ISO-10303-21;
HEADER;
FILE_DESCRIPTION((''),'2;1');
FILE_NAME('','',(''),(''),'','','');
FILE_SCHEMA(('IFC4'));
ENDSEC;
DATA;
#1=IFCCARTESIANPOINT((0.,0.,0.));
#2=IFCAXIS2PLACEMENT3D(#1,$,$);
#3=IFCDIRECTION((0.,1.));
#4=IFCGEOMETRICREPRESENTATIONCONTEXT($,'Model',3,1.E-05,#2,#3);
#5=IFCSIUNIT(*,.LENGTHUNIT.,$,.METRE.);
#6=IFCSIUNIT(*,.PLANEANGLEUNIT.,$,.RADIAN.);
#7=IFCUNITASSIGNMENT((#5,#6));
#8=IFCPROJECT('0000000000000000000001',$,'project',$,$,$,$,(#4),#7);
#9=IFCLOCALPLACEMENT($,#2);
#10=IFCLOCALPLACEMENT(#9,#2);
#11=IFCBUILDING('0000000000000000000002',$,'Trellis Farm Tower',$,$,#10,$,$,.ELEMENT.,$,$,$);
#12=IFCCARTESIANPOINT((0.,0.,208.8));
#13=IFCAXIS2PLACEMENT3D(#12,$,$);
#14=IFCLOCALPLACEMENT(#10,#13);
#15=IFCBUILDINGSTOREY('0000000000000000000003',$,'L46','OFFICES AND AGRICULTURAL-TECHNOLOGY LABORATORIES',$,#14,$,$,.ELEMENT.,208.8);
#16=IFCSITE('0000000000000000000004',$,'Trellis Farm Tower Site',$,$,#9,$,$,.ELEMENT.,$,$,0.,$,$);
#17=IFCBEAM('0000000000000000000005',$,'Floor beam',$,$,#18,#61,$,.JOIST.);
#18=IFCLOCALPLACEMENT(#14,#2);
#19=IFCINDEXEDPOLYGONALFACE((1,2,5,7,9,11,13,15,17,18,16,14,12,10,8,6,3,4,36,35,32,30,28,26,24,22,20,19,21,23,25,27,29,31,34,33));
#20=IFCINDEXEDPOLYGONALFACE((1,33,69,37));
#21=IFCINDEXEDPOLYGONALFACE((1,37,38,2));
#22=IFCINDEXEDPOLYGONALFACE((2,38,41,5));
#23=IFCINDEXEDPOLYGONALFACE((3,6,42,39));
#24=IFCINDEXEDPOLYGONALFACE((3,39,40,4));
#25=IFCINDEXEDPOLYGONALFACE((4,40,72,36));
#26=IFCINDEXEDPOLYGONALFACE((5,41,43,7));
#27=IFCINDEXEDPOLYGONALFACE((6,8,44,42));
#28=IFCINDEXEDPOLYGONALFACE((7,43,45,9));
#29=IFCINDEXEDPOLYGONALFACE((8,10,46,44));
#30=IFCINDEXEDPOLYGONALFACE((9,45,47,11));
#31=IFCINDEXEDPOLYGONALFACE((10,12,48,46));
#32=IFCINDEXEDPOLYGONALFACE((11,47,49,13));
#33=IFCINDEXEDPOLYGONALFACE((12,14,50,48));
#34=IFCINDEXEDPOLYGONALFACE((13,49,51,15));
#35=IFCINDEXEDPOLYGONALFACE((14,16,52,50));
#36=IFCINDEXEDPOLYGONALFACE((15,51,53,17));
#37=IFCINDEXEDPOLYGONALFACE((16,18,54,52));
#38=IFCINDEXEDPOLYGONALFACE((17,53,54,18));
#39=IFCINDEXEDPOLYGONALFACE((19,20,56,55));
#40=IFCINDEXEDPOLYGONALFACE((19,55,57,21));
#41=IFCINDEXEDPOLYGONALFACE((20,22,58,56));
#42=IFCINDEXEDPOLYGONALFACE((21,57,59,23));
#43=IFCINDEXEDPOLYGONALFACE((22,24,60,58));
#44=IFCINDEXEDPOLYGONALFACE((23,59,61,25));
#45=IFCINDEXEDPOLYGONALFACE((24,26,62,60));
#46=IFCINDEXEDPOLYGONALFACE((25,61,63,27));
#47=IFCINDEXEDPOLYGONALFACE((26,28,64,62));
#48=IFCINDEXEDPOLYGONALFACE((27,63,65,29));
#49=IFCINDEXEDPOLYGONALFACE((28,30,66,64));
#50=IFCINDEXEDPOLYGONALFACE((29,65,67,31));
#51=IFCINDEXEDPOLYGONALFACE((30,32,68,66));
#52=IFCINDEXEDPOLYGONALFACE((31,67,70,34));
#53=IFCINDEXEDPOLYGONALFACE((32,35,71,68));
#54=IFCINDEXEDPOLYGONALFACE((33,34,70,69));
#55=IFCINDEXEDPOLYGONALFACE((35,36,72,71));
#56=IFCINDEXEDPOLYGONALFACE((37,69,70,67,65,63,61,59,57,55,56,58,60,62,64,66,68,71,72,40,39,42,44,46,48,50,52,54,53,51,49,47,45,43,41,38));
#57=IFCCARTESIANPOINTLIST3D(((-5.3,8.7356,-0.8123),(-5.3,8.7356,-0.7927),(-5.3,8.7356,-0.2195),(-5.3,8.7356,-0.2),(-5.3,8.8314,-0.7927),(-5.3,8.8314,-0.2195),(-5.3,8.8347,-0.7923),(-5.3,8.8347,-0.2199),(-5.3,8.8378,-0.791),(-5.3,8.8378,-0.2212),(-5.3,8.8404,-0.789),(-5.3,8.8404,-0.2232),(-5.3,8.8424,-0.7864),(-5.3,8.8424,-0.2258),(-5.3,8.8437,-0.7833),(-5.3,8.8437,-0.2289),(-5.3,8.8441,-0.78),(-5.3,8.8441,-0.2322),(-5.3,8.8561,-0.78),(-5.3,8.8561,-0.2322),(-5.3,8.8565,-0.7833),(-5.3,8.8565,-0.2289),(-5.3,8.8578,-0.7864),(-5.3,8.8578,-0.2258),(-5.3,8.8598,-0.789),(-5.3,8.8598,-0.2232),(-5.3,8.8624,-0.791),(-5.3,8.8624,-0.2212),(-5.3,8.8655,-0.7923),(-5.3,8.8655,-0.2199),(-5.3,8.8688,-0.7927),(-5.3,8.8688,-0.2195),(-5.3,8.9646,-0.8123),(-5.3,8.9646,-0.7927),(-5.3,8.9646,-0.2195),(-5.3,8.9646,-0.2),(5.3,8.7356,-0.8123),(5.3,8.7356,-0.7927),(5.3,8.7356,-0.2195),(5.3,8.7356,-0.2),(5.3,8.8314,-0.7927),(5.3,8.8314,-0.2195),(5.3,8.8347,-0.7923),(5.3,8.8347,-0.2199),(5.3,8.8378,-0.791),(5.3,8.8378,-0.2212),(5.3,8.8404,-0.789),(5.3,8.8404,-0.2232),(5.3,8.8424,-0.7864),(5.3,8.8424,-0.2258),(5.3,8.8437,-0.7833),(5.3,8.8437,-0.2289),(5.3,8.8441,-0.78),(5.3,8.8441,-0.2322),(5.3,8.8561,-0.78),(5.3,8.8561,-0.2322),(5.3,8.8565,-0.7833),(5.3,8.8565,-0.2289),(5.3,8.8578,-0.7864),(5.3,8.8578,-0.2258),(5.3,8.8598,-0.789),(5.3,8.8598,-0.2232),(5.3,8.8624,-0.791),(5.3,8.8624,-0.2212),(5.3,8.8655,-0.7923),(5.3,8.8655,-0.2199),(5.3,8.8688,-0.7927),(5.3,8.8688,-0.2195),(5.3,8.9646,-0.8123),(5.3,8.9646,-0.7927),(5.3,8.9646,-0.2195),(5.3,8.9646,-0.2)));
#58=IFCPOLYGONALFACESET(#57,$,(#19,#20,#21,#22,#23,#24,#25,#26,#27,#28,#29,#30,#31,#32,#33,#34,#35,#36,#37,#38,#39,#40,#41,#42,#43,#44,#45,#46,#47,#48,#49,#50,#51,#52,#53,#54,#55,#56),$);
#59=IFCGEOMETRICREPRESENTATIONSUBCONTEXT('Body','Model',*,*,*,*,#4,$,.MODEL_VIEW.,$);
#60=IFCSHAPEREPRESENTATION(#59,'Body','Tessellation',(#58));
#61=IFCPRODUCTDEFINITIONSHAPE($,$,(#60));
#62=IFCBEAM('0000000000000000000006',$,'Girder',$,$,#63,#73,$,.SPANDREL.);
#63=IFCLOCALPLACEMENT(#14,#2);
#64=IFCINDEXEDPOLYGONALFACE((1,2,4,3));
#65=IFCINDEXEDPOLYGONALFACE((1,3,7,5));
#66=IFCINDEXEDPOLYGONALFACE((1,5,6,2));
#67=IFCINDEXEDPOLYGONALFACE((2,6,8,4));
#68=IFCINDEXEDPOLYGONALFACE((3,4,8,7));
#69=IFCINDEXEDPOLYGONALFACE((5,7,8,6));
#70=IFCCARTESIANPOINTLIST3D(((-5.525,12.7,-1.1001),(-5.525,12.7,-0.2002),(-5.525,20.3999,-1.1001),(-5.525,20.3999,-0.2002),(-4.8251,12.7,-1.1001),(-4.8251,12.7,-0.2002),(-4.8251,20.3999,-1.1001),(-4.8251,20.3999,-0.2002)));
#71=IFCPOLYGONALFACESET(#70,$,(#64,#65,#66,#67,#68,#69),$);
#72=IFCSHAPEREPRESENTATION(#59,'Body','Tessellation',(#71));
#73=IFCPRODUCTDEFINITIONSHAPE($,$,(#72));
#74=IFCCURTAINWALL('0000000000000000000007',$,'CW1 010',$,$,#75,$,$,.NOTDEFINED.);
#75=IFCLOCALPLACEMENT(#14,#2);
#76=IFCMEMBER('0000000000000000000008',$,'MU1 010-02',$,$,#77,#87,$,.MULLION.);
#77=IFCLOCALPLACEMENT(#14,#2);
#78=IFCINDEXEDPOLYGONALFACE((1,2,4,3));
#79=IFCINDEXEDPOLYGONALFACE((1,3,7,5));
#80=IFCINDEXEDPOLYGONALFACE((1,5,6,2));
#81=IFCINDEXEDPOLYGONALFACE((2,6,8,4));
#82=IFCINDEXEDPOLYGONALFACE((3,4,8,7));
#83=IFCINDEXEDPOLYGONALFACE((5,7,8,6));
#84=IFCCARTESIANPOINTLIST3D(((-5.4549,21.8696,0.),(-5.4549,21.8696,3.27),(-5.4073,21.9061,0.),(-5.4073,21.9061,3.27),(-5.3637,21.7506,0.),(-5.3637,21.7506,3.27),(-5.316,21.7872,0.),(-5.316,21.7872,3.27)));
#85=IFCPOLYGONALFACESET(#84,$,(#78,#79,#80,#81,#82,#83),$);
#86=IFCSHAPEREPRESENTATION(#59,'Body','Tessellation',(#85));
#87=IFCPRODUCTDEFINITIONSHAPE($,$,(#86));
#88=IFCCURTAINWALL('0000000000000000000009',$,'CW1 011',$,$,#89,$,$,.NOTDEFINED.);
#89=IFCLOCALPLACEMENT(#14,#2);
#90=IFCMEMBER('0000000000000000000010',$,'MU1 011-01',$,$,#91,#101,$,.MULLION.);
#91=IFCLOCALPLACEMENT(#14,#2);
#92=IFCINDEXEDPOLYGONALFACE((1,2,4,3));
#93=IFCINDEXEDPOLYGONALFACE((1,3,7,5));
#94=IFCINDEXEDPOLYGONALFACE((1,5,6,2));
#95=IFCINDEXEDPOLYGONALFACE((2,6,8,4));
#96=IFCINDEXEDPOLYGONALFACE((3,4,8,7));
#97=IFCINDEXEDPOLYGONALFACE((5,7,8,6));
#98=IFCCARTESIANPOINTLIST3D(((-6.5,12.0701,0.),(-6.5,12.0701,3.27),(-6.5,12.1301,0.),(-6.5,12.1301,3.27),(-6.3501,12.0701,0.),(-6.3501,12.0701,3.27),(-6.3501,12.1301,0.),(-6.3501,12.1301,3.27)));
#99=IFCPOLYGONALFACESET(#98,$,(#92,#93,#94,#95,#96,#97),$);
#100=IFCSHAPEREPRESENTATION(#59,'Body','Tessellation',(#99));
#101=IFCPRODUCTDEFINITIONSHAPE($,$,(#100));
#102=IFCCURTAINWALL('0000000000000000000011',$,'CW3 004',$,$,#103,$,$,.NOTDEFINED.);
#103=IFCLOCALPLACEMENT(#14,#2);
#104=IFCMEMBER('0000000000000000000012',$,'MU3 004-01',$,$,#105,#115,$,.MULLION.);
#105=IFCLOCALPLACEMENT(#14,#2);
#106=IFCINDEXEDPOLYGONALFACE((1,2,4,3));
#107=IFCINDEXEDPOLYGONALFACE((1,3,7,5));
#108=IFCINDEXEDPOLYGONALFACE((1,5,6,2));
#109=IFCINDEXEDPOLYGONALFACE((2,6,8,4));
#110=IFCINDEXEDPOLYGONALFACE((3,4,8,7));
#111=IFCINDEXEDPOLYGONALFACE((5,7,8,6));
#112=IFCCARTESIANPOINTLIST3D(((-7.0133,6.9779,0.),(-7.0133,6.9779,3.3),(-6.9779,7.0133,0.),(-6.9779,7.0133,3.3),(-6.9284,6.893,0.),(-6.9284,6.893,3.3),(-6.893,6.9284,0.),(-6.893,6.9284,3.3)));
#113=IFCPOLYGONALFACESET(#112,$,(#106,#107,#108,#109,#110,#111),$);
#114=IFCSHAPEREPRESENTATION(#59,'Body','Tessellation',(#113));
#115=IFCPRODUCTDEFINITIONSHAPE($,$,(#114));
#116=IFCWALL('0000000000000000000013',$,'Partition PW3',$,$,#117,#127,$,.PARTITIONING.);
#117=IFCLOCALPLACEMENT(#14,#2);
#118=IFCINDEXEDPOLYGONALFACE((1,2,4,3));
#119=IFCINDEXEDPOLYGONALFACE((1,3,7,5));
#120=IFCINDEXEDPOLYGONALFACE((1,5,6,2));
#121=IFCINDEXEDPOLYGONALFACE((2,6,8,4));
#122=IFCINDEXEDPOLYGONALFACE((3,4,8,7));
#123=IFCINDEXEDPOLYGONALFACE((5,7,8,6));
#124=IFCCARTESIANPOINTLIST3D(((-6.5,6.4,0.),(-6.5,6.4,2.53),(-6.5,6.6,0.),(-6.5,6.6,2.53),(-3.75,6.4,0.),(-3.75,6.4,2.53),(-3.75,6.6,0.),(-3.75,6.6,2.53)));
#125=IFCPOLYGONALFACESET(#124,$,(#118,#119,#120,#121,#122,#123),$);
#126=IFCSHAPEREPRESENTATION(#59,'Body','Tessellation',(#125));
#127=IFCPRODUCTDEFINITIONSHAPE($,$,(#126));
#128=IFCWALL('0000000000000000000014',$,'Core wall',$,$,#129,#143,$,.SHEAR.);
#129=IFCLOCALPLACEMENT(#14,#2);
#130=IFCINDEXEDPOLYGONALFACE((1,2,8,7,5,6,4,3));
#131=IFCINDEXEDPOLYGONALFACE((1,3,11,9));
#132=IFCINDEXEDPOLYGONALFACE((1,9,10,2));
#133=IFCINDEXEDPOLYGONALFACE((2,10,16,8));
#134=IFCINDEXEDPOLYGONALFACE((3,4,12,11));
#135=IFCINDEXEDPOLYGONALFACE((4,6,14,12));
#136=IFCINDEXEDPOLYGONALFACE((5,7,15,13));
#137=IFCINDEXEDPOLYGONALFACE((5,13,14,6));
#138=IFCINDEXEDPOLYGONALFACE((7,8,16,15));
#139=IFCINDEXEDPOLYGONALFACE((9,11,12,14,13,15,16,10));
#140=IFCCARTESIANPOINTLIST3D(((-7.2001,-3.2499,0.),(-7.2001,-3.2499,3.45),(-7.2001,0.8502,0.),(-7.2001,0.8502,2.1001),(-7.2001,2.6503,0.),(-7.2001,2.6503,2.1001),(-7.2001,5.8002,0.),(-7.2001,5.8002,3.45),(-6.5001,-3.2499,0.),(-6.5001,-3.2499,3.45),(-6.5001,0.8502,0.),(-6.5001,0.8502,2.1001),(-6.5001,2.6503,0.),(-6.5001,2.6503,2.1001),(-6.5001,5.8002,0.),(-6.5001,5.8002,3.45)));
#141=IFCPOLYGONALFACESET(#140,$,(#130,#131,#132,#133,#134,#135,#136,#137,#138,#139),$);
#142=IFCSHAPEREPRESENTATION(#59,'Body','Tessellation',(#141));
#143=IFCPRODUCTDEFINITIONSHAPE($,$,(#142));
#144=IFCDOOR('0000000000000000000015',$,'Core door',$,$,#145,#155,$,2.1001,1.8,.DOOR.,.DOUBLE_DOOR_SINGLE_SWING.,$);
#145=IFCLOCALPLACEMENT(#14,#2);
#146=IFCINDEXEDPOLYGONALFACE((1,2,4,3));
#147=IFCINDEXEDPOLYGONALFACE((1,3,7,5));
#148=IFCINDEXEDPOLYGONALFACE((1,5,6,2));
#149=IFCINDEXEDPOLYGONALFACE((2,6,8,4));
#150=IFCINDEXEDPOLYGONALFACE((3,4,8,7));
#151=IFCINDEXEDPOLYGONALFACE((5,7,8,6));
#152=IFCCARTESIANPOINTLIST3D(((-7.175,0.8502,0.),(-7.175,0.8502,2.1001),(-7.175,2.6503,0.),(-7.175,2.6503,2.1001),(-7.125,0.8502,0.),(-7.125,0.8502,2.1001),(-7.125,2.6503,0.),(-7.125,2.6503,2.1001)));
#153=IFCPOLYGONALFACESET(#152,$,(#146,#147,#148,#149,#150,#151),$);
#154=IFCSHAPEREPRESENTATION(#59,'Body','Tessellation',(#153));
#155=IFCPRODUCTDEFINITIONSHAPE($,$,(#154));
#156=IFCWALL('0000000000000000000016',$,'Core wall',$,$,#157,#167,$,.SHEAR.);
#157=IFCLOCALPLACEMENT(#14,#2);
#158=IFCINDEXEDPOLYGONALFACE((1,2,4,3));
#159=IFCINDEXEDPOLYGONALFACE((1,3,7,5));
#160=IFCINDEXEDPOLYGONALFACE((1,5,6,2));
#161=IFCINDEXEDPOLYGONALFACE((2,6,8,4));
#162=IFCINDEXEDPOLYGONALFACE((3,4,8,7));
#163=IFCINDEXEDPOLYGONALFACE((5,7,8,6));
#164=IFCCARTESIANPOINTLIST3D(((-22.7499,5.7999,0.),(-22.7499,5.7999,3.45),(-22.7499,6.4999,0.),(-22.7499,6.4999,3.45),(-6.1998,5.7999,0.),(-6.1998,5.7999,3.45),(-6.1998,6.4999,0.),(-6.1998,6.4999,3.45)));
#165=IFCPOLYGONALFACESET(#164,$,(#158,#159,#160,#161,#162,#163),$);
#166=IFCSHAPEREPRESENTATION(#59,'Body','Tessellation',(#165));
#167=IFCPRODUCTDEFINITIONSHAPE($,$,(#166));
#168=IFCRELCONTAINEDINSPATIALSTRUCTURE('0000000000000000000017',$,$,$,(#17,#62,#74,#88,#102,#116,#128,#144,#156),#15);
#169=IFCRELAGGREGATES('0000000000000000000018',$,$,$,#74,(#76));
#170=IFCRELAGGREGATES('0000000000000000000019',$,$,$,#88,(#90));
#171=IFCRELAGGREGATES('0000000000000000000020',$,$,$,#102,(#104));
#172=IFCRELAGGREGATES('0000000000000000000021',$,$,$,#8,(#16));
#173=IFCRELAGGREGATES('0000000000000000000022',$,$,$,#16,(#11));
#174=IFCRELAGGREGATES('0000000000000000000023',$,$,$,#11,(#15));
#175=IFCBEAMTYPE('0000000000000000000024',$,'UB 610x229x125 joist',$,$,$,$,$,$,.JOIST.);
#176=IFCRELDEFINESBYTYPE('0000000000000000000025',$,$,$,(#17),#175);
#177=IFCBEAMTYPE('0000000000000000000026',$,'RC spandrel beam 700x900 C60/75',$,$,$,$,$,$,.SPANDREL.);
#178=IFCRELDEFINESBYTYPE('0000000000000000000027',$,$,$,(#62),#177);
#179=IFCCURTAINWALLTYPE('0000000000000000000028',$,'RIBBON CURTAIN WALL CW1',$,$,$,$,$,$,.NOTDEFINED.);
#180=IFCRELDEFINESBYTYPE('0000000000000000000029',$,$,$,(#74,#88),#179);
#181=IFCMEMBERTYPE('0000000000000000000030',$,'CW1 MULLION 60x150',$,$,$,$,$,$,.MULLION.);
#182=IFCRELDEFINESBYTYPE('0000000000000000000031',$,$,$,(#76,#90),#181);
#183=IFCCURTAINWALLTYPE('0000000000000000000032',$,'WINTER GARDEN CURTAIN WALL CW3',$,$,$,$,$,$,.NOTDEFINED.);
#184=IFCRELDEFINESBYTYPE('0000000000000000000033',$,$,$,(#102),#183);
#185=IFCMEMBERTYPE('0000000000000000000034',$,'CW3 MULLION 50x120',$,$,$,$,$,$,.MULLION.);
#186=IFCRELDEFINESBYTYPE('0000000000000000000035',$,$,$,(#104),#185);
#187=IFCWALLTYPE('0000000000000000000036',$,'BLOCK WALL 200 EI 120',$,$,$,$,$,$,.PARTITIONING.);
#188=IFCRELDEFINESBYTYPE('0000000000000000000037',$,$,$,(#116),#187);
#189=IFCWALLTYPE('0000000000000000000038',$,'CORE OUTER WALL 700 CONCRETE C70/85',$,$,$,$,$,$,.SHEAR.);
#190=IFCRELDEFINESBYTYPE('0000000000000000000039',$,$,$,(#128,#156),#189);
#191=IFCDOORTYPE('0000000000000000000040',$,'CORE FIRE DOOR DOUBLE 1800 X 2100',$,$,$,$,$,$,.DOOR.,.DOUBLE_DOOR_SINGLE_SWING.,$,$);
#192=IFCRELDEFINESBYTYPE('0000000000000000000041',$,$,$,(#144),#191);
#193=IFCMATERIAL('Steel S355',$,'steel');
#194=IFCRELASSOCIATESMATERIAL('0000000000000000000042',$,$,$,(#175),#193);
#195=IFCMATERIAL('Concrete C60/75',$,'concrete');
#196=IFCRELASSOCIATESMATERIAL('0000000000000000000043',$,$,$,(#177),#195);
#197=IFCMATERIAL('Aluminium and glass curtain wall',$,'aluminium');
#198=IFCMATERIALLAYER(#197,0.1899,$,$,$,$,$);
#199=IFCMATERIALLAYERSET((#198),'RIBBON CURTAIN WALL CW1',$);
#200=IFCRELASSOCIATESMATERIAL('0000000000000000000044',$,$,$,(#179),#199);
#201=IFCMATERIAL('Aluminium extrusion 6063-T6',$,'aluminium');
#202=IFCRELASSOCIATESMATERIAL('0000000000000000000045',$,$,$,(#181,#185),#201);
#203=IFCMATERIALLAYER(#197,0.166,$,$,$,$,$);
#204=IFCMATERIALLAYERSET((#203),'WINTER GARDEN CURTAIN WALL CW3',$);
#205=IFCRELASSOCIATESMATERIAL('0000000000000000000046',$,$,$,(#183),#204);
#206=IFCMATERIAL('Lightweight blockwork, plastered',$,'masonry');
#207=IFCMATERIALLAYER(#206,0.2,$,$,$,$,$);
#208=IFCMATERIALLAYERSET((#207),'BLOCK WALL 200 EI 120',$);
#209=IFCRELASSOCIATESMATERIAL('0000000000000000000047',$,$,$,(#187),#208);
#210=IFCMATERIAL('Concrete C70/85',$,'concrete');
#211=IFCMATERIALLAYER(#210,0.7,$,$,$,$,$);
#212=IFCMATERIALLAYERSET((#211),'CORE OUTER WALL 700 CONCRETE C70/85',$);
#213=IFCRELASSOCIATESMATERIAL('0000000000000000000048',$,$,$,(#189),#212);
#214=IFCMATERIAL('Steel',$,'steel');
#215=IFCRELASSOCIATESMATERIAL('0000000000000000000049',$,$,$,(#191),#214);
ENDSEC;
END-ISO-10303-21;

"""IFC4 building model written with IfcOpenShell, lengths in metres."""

from ifc_helpers import new_model, si_unit, direction, frame, frame_2d, origin, origin_2d, place, context, subcontext, project, spatial, rectangle, i_section, extrude, source, transform, mapped, material, layer, layer_set, material_profile, profile_set, type_object, element, fill, aggregate, save


model = new_model("IFC4")

# Units and contexts
model_context = context("Model", 3, precision=1e-05, world=origin(), true_north=direction((0.0, 1.0)))
body_context = subcontext(model_context, "Body", "Model", "MODEL_VIEW")
ifc_project = project(units=[si_unit("LENGTHUNIT", "METRE"), si_unit("PLANEANGLEUNIT", "RADIAN")], contexts=[model_context])

# Site, building, storey
site_placement = place(None, origin())
site = spatial("IfcSite", under=ifc_project, at=site_placement, Name="Trellis Farm Tower Site", CompositionType="ELEMENT", RefElevation=0.0)
building_placement = place(site_placement, origin())
building = spatial("IfcBuilding", under=site, at=building_placement, Name="Trellis Farm Tower", CompositionType="ELEMENT")
storey_placement = place(building_placement, frame((0.0, 0.0, 208.8)))
storey = spatial("IfcBuildingStorey", under=building, at=storey_placement, Name="L46", Description="OFFICES AND AGRICULTURAL-TECHNOLOGY LABORATORIES", CompositionType="ELEMENT", Elevation=208.8)

# Shared definitions
ifc_material_1 = material(Name="Concrete C70/85", Category="concrete")

# Beams
ifc_material_2 = material(Name="Concrete C60/75", Category="concrete")
ifc_material_3 = material(Name="Steel S355", Category="steel")
ifc_material_profile_1 = material_profile(ifc_material_3, i_section(OverallWidth=0.229, OverallDepth=0.6123, WebThickness=0.012, FlangeThickness=0.0195, FilletRadius=0.0127, at=origin_2d()), Name="UB 610x229x125")
ifc_profile_set_1 = profile_set([ifc_material_profile_1], Name="Steel S355")
beam_type_1 = type_object("IfcBeamType", Name="UB 610x229x125 joist", PredefinedType="JOIST", material=ifc_profile_set_1)
shared_shape_1 = source(origin(), body_context, "Body", "SweptSolid", [
    extrude(i_section(OverallWidth=0.229, OverallDepth=0.6123, WebThickness=0.012, FlangeThickness=0.0195, FilletRadius=0.0127, at=origin_2d()), origin(), (0.0, 0.0, 1.0), 10.6001),
])
beam_1_placement = place(storey_placement, frame((-5.3, 8.8501, -0.5061), z_axis=(1.0, 0.0, 0.0), x_axis=(0.0, 1.0, 0.0)))
element("IfcBeam", 1, at=beam_1_placement, inside=storey, type_object=beam_type_1, Name="Floor beam", PredefinedType="JOIST", context=body_context, shape_type="MappedRepresentation", body=[
    mapped(shared_shape_1, transform((0.0, 0.0, 0.0))),
])
ifc_material_profile_2 = material_profile(ifc_material_2, rectangle(XDim=0.7, YDim=0.8999, at=origin_2d()), Name="RC spandrel beam 700x900 C60/75")
ifc_profile_set_2 = profile_set([ifc_material_profile_2], Name="Concrete C60/75")
beam_type_2 = type_object("IfcBeamType", Name="RC spandrel beam 700x900 C60/75", PredefinedType="SPANDREL", material=ifc_profile_set_2)
shared_shape_2 = source(origin(), body_context, "Body", "SweptSolid", [
    extrude(rectangle(XDim=0.7, YDim=0.8999, at=origin_2d()), origin(), (0.0, 0.0, 1.0), 7.7),
])
beam_2_placement = place(storey_placement, frame((-5.175, 12.7, -0.6501), z_axis=(0.0, 1.0, 0.0), x_axis=(-1.0, 0.0, 0.0)))
element("IfcBeam", 2, at=beam_2_placement, inside=storey, type_object=beam_type_2, Name="Girder", PredefinedType="SPANDREL", context=body_context, shape_type="MappedRepresentation", body=[
    mapped(shared_shape_2, transform((0.0, 0.0, 0.0))),
])

# Curtain walls, members
ifc_material_4 = material(Name="Aluminium and glass curtain wall", Category="aluminium")
ifc_layer_1 = layer(ifc_material_4, 0.1899)
ifc_layer_set_1 = layer_set([ifc_layer_1], Name="RIBBON CURTAIN WALL CW1")
curtain_wall_type_1 = type_object("IfcCurtainWallType", Name="RIBBON CURTAIN WALL CW1", PredefinedType="NOTDEFINED", material=ifc_layer_set_1)
placement = place(storey_placement, origin())
curtain_wall_1 = element("IfcCurtainWall", 3, at=placement, inside=storey, type_object=curtain_wall_type_1, Name="CW1 010", PredefinedType="NOTDEFINED")
ifc_material_5 = material(Name="Aluminium extrusion 6063-T6", Category="aluminium")
ifc_material_profile_3 = material_profile(ifc_material_5, rectangle(XDim=0.0601, YDim=0.1499, at=origin_2d()), Name="MULLION 60x150")
ifc_profile_set_3 = profile_set([ifc_material_profile_3], Name="Aluminium extrusion 6063-T6")
member_type_1 = type_object("IfcMemberType", Name="CW1 MULLION 60x150", PredefinedType="MULLION", material=ifc_profile_set_3)
shared_shape_3 = source(origin(), body_context, "Body", "SweptSolid", [
    extrude(rectangle(XDim=0.0601, YDim=0.1499, at=origin_2d()), origin(), (0.0, 0.0, 1.0), 3.27),
])
member_1_placement = place(storey_placement, frame((-5.3855, 21.8284, 0.0), z_axis=(0.0, 0.0, 1.0), x_axis=(-0.793353, -0.608761, 0.0)))
member_1 = element("IfcMember", 4, at=member_1_placement, type_object=member_type_1, Name="MU1 010-02", PredefinedType="MULLION", context=body_context, shape_type="MappedRepresentation", body=[
    mapped(shared_shape_3, transform((0.0, 0.0, 0.0))),
])
aggregate(curtain_wall_1, [member_1])
curtain_wall_2 = element("IfcCurtainWall", 5, at=placement, inside=storey, type_object=curtain_wall_type_1, Name="CW1 011", PredefinedType="NOTDEFINED")
member_2_placement = place(storey_placement, frame((-6.425, 12.1001, 0.0), z_axis=(0.0, 0.0, 1.0), x_axis=(0.0, -1.0, 0.0)))
member_2 = element("IfcMember", 6, at=member_2_placement, type_object=member_type_1, Name="MU1 011-01", PredefinedType="MULLION", context=body_context, shape_type="MappedRepresentation", body=[
    mapped(shared_shape_3, transform((0.0, 0.0, 0.0))),
])
aggregate(curtain_wall_2, [member_2])
ifc_layer_2 = layer(ifc_material_4, 0.166)
ifc_layer_set_2 = layer_set([ifc_layer_2], Name="WINTER GARDEN CURTAIN WALL CW3")
curtain_wall_type_2 = type_object("IfcCurtainWallType", Name="WINTER GARDEN CURTAIN WALL CW3", PredefinedType="NOTDEFINED", material=ifc_layer_set_2)
curtain_wall_3 = element("IfcCurtainWall", 7, at=placement, inside=storey, type_object=curtain_wall_type_2, Name="CW3 004", PredefinedType="NOTDEFINED")
ifc_material_profile_4 = material_profile(ifc_material_5, rectangle(XDim=0.05, YDim=0.1201, at=origin_2d()), Name="MULLION 50x120")
ifc_profile_set_4 = profile_set([ifc_material_profile_4], Name="Aluminium extrusion 6063-T6")
member_type_2 = type_object("IfcMemberType", Name="CW3 MULLION 50x120", PredefinedType="MULLION", material=ifc_profile_set_4)
shared_shape_4 = source(origin(), body_context, "Body", "SweptSolid", [
    extrude(rectangle(XDim=0.05, YDim=0.1201, at=origin_2d()), origin(), (0.0, 0.0, 1.0), 3.3),
])
member_3_placement = place(storey_placement, frame((-6.9531, 6.9531, 0.0), z_axis=(0.0, 0.0, 1.0), x_axis=(-0.707107, -0.707107, 0.0)))
member_3 = element("IfcMember", 8, at=member_3_placement, type_object=member_type_2, Name="MU3 004-01", PredefinedType="MULLION", context=body_context, shape_type="MappedRepresentation", body=[
    mapped(shared_shape_4, transform((0.0, 0.0, 0.0))),
])
aggregate(curtain_wall_3, [member_3])

# Wall
ifc_material_6 = material(Name="Lightweight blockwork, plastered", Category="masonry")
ifc_layer_3 = layer(ifc_material_6, 0.2)
ifc_layer_set_3 = layer_set([ifc_layer_3], Name="BLOCK WALL 200 EI 120")
wall_type_1 = type_object("IfcWallType", Name="BLOCK WALL 200 EI 120", PredefinedType="PARTITIONING", material=ifc_layer_set_3)
wall_1_placement = place(storey_placement, frame((-6.5, 6.5, 0.0), z_axis=(0.0, 0.0, 1.0), x_axis=(1.0, 0.0, 0.0)))
element("IfcWall", 9, at=wall_1_placement, inside=storey, type_object=wall_type_1, Name="Partition PW3", PredefinedType="PARTITIONING", context=body_context, shape_type="SweptSolid", body=[
    extrude(rectangle(XDim=2.75, YDim=0.2, at=frame_2d((1.375, 0.0))), origin(), (0.0, 0.0, 1.0), 2.53),
])

# Wall, opening, door
ifc_layer_4 = layer(ifc_material_1, 0.7)
ifc_layer_set_4 = layer_set([ifc_layer_4], Name="CORE OUTER WALL 700 CONCRETE C70/85")
wall_type_2 = type_object("IfcWallType", Name="CORE OUTER WALL 700 CONCRETE C70/85", PredefinedType="SHEAR", material=ifc_layer_set_4)
shared_shape_5 = source(origin(), body_context, "Body", "SweptSolid", [
    extrude(rectangle(XDim=9.05, YDim=0.7, at=frame_2d((4.5249, 0.0))), origin(), (0.0, 0.0, 1.0), 3.45),
])
wall_2_placement = place(storey_placement, frame((-6.8501, 5.8, 0.0), z_axis=(0.0, 0.0, 1.0), x_axis=(0.0, -1.0, 0.0)))
wall_2 = element("IfcWall", 10, at=wall_2_placement, inside=storey, type_object=wall_type_2, Name="Core wall", PredefinedType="SHEAR", context=body_context, shape_type="MappedRepresentation", body=[
    mapped(shared_shape_5, transform((0.0, 0.0, 0.0))),
])
shared_shape_6 = source(origin(), body_context, "Body", "SweptSolid", [
    extrude(rectangle(XDim=1.8, YDim=2.1001, at=frame_2d((0.8999, 1.05))), frame((0.0, 0.3601, 0.0), z_axis=(0.0, -1.0, 0.0), x_axis=(1.0, 0.0, 0.0)), (0.0, 0.0, 1.0), 0.7202),
])
opening_1_placement = place(wall_2_placement, frame((3.1499, 0.0, 0.0)))
opening_1 = element("IfcOpeningElement", 11, at=opening_1_placement, cuts=wall_2, PredefinedType="OPENING", context=body_context, shape_type="MappedRepresentation", body=[
    mapped(shared_shape_6, transform((0.0, 0.0, 0.0))),
])
ifc_material_7 = material(Name="Steel", Category="steel")
door_type_1 = type_object("IfcDoorType", Name="CORE FIRE DOOR DOUBLE 1800 X 2100", OperationType="DOUBLE_DOOR_SINGLE_SWING", PredefinedType="DOOR", material=ifc_material_7)
shared_shape_7 = source(origin(), body_context, "Body", "SweptSolid", [
    extrude(rectangle(XDim=1.8, YDim=2.1001, at=frame_2d((0.8999, 1.05))), frame((0.0, -0.2749, 0.0), z_axis=(0.0, -1.0, 0.0), x_axis=(1.0, 0.0, 0.0)), (0.0, 0.0, 1.0), 0.05),
])
door_1_placement = place(opening_1_placement, origin())
door_1 = element("IfcDoor", 12, at=door_1_placement, inside=storey, type_object=door_type_1, Name="Core door", OperationType="DOUBLE_DOOR_SINGLE_SWING", OverallHeight=2.1001, OverallWidth=1.8, PredefinedType="DOOR", context=body_context, shape_type="MappedRepresentation", body=[
    mapped(shared_shape_7, transform((0.0, 0.0, 0.0))),
])
fill(opening_1, door_1)

# Wall
shared_shape_8 = source(origin(), body_context, "Body", "SweptSolid", [
    extrude(rectangle(XDim=16.55, YDim=0.7, at=frame_2d((8.2749, 0.0))), origin(), (0.0, 0.0, 1.0), 3.45),
])
wall_3_placement = place(storey_placement, frame((-6.2, 6.1499, 0.0), z_axis=(0.0, 0.0, 1.0), x_axis=(-1.0, 0.0, 0.0)))
element("IfcWall", 13, at=wall_3_placement, inside=storey, type_object=wall_type_2, Name="Core wall", PredefinedType="SHEAR", context=body_context, shape_type="MappedRepresentation", body=[
    mapped(shared_shape_8, transform((0.0, 0.0, 0.0))),
])

save(model, "model.ifc")
